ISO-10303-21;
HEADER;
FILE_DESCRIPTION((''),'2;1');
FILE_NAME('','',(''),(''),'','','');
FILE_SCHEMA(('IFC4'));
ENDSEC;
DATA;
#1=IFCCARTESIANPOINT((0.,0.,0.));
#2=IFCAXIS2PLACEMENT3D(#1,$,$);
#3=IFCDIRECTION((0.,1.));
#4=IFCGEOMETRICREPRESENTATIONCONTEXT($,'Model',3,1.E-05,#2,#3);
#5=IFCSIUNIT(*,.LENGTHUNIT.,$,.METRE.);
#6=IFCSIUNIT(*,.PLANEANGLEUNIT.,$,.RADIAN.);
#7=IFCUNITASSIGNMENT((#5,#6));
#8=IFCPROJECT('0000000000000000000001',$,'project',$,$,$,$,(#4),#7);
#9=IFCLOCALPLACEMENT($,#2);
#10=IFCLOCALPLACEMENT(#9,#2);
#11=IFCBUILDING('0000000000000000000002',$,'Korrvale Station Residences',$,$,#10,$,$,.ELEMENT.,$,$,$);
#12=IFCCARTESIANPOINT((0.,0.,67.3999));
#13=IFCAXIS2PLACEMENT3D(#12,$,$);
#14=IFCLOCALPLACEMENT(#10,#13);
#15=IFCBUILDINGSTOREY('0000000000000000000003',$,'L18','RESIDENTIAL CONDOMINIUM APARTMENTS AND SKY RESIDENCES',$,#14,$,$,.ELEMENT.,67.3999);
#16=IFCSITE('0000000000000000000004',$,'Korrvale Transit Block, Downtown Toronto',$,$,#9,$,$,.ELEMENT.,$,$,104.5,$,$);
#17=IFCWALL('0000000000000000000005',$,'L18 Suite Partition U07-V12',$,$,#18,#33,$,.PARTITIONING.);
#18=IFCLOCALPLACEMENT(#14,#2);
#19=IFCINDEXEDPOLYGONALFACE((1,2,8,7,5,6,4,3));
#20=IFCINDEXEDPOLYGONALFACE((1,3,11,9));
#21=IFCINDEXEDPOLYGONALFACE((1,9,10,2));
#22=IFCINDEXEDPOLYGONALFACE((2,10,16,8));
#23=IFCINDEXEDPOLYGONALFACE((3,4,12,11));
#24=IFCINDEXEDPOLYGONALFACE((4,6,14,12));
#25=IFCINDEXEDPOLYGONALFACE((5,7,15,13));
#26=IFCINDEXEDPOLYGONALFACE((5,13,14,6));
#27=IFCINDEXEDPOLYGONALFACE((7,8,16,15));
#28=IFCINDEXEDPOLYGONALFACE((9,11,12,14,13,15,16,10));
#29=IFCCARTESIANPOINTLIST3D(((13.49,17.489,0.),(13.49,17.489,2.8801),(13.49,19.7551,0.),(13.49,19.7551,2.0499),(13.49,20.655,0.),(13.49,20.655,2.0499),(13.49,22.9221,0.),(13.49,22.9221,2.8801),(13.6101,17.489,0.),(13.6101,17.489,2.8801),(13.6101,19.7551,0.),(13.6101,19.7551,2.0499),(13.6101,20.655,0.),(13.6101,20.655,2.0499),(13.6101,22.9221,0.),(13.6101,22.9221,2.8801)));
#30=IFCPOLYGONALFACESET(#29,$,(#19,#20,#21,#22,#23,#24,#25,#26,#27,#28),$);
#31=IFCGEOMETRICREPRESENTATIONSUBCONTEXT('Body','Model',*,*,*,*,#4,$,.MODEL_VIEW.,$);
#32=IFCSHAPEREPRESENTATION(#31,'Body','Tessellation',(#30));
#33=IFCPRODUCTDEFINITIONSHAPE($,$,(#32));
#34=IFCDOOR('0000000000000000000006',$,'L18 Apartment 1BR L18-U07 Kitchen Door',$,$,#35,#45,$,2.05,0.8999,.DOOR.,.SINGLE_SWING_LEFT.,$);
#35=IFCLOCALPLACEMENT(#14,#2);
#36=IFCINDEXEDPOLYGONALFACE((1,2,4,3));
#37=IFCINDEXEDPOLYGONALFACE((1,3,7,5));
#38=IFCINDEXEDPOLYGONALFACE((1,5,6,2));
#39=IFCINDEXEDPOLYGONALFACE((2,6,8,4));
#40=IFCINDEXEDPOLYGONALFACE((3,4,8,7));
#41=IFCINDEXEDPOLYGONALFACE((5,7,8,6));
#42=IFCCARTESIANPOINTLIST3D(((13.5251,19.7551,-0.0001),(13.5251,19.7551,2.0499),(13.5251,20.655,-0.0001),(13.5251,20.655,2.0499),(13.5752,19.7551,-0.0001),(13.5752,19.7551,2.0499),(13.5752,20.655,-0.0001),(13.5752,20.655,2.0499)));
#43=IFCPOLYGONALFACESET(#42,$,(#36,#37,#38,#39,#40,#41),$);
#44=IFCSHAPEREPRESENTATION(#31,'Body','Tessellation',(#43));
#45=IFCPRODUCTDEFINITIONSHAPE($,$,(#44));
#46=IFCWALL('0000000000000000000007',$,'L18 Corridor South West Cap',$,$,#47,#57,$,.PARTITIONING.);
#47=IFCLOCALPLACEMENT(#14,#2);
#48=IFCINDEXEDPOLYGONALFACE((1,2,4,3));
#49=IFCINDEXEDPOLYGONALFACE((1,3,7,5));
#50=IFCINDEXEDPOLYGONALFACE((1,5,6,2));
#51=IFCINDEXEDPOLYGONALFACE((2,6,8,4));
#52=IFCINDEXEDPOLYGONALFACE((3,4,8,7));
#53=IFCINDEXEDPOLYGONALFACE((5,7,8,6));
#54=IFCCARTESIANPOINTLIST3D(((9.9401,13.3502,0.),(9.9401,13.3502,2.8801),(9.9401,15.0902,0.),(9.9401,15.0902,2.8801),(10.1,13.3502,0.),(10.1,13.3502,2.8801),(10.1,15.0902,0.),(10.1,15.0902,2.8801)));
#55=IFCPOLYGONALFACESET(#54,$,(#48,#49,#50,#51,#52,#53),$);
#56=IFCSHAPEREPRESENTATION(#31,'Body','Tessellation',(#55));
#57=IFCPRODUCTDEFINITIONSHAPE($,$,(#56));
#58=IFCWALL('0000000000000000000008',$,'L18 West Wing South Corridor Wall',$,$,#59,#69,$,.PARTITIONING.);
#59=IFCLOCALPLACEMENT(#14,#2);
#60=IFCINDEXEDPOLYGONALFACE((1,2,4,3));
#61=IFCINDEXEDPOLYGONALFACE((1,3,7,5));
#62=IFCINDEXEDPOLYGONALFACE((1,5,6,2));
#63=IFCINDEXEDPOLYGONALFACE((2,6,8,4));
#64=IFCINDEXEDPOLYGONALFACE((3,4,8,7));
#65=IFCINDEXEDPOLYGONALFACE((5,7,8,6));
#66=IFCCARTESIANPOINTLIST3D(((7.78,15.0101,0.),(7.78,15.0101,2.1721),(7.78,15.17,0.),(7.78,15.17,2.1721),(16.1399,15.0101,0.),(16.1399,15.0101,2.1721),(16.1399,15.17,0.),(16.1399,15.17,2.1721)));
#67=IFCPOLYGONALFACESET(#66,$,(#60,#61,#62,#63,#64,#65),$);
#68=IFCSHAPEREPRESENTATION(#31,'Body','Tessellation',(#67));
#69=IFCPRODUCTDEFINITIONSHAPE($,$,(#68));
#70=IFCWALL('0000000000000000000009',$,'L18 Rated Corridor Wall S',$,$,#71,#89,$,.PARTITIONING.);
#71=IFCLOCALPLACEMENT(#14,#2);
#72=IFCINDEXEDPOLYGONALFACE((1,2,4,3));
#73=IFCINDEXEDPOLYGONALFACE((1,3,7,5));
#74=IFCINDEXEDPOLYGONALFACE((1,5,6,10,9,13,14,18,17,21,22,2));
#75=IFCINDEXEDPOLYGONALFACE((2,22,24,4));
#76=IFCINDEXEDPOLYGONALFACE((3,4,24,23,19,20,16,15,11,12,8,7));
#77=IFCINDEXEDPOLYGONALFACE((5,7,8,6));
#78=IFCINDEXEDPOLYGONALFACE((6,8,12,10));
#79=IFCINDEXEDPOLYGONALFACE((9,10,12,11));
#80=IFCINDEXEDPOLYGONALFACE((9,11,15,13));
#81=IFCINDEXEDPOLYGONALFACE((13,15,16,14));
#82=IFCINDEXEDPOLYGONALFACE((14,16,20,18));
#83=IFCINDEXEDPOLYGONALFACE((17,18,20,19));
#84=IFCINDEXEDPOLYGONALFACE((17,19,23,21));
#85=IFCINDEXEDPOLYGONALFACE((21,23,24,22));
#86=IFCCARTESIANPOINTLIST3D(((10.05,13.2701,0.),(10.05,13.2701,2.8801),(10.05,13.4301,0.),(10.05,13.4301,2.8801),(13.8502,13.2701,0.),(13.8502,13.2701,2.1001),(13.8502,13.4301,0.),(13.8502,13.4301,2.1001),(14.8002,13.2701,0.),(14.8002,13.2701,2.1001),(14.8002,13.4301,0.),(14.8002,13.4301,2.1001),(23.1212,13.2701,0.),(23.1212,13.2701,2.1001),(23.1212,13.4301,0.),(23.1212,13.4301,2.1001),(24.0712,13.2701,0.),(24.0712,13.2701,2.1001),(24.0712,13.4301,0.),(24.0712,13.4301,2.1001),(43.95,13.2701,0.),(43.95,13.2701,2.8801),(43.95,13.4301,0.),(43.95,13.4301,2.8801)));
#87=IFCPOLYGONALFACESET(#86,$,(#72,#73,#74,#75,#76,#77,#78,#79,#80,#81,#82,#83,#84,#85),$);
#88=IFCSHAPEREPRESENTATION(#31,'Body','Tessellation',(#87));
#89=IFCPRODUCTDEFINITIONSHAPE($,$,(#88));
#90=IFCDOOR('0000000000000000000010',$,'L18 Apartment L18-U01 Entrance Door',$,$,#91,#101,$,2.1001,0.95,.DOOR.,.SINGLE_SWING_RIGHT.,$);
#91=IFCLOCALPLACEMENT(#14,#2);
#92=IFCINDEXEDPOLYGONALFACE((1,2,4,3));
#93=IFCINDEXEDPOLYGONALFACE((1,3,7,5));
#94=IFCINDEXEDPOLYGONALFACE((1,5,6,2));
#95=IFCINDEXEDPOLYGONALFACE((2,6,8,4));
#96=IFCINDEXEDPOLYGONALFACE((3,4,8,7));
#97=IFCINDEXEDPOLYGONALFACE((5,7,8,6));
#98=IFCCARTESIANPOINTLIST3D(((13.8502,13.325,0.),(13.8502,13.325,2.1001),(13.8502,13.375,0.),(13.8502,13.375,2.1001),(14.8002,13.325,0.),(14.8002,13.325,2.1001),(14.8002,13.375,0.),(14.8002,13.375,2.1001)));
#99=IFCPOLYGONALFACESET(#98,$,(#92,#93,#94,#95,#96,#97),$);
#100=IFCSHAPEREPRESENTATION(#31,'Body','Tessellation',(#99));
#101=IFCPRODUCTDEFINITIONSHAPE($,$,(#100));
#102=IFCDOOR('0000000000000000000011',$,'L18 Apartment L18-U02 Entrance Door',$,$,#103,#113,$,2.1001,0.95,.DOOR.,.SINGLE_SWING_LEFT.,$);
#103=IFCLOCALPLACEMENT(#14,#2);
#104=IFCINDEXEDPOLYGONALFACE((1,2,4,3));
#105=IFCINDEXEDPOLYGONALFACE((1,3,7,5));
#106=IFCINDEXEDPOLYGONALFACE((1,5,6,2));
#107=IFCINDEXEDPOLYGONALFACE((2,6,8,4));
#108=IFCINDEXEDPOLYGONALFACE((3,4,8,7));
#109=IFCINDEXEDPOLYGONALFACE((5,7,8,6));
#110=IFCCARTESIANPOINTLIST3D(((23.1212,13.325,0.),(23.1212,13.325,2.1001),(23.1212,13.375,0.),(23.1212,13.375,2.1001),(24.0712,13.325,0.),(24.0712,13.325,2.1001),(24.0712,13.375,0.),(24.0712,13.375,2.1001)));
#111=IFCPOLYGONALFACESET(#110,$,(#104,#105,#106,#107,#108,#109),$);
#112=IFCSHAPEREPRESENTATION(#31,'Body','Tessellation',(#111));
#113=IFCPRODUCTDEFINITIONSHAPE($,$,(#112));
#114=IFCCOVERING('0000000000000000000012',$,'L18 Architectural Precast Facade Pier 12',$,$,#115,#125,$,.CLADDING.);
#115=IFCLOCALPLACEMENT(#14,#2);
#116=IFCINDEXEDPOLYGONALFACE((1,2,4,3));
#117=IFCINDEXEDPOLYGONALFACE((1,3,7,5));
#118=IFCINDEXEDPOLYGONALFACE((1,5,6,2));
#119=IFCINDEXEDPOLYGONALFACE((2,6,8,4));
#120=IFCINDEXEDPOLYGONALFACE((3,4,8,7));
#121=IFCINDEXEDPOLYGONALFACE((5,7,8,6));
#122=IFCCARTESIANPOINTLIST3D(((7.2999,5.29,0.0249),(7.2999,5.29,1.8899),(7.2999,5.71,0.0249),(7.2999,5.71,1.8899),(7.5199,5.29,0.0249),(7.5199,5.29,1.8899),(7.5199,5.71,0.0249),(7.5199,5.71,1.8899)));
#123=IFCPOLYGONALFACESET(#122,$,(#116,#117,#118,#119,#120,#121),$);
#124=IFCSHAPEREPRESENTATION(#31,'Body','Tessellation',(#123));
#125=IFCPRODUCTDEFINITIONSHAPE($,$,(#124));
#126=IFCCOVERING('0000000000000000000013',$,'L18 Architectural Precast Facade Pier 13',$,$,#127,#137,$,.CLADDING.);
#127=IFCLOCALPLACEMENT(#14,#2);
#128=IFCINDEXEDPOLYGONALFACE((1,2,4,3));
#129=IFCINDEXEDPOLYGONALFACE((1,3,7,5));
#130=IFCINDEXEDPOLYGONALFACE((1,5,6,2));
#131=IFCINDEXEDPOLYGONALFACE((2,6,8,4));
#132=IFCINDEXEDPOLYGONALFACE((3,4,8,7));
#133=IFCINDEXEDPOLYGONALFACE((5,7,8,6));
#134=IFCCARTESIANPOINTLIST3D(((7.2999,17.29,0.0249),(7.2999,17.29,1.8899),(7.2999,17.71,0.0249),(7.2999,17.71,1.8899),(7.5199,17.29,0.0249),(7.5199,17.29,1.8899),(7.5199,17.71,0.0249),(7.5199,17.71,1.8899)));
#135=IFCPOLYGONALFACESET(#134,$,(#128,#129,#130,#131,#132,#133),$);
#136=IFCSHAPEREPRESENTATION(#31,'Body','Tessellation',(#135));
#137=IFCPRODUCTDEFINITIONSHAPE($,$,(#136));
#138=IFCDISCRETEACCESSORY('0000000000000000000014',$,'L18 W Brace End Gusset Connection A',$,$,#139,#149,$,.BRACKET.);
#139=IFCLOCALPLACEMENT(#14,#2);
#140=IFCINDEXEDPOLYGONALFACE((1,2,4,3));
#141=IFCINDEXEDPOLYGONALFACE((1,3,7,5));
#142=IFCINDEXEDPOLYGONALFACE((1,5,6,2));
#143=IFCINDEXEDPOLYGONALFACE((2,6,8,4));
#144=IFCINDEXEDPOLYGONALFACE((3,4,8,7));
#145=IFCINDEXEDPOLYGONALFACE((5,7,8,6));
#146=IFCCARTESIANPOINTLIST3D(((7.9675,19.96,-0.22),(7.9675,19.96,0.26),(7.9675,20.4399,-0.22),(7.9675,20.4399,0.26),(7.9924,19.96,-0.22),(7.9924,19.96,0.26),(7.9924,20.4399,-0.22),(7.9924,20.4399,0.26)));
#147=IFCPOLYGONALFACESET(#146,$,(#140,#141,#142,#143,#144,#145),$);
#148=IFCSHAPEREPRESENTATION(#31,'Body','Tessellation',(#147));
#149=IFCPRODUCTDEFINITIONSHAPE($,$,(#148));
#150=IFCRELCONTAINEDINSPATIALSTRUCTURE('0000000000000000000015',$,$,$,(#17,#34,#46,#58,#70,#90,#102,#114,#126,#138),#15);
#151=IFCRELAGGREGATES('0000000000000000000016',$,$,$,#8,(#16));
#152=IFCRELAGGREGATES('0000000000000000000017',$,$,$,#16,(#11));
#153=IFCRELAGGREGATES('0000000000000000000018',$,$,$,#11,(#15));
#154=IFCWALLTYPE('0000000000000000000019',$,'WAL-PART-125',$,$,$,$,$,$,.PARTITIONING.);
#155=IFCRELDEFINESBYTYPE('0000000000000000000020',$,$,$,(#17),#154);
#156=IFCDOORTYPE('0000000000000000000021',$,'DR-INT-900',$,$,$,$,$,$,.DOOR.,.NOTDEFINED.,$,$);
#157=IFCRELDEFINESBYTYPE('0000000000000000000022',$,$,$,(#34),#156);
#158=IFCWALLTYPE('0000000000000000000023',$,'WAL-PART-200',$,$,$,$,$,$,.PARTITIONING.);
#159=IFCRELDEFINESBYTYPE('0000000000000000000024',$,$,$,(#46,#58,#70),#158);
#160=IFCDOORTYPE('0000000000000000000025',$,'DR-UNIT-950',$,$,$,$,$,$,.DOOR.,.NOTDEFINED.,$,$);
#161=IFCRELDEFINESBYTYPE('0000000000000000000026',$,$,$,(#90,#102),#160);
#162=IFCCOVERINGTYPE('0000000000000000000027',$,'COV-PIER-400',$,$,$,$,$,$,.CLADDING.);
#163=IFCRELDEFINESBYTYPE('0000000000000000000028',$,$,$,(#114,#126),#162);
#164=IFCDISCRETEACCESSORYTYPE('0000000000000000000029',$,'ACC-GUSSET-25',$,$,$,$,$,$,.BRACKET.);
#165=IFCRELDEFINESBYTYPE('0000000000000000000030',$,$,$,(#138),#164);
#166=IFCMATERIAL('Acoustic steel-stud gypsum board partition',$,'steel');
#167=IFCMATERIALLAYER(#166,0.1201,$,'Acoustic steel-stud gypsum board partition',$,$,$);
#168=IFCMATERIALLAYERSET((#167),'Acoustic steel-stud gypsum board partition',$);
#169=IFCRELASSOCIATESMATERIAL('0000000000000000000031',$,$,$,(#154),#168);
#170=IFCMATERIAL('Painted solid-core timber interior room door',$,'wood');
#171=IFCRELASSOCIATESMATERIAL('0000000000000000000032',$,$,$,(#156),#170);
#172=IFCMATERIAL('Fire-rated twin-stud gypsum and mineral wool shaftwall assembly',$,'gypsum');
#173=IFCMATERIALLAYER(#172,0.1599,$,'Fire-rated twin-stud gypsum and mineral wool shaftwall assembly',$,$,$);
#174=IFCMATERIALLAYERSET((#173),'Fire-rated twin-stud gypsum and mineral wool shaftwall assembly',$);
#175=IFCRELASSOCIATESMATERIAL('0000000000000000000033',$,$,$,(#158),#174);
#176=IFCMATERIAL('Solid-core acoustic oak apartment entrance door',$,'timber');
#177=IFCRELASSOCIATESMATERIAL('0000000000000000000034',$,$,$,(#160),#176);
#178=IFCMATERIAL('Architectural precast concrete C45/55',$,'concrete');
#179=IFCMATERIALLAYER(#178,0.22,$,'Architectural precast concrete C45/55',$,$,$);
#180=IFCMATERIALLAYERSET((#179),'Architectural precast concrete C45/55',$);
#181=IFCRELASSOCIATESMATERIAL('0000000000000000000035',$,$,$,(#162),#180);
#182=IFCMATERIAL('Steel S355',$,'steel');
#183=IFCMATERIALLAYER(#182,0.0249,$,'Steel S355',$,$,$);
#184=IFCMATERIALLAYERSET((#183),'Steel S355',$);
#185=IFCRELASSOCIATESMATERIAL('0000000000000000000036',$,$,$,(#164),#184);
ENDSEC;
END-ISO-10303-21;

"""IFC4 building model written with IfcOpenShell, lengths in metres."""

from ifc_helpers import new_model, si_unit, direction, frame, frame_2d, origin, origin_2d, place, context, subcontext, project, spatial, rectangle, extrude, material, layer, layer_set, type_object, element, fill, save


model = new_model("IFC4")

# Units and contexts
model_context = context("Model", 3, precision=1e-05, world=origin(), true_north=direction((0.0, 1.0)))
body_context = subcontext(model_context, "Body", "Model", "MODEL_VIEW")
ifc_project = project(units=[si_unit("LENGTHUNIT", "METRE"), si_unit("PLANEANGLEUNIT", "RADIAN")], contexts=[model_context])

# Site, building, storey
site_placement = place(None, origin())
site = spatial("IfcSite", under=ifc_project, at=site_placement, Name="Korrvale Transit Block, Downtown Toronto", CompositionType="ELEMENT", RefElevation=104.5)
building_placement = place(site_placement, origin())
building = spatial("IfcBuilding", under=site, at=building_placement, Name="Korrvale Station Residences", CompositionType="ELEMENT")
storey_placement = place(building_placement, frame((0.0, 0.0, 67.3999)))
storey = spatial("IfcBuildingStorey", under=building, at=storey_placement, Name="L18", Description="RESIDENTIAL CONDOMINIUM APARTMENTS AND SKY RESIDENCES", CompositionType="ELEMENT", Elevation=67.3999)

# Shared definitions
ifc_material_1 = material(Name="Steel S355", Category="steel")

# Shared definitions
ifc_material_2 = material(Name="Acoustic steel-stud gypsum board partition", Category="steel")
ifc_layer_1 = layer(ifc_material_2, 0.1201, Name="Acoustic steel-stud gypsum board partition")
ifc_layer_set_1 = layer_set([ifc_layer_1], Name="Acoustic steel-stud gypsum board partition")
wall_type_1 = type_object("IfcWallType", Name="WAL-PART-125", PredefinedType="PARTITIONING", material=ifc_layer_set_1)

# Shared definitions
ifc_material_3 = material(Name="Painted solid-core timber interior room door", Category="wood")
door_type_1 = type_object("IfcDoorType", Name="DR-INT-900", OperationType="NOTDEFINED", PredefinedType="DOOR", material=ifc_material_3)

# Wall, opening, door
wall_1_placement = place(storey_placement, frame((13.55, 17.489, 0.0), z_axis=(0.0, 0.0, 1.0), x_axis=(0.0, 1.0, 0.0)))
wall_1 = element("IfcWall", 1, at=wall_1_placement, inside=storey, type_object=wall_type_1, Name="L18 Suite Partition U07-V12", PredefinedType="PARTITIONING", context=body_context, shape_type="SweptSolid", body=[
    extrude(rectangle(XDim=5.4331, YDim=0.1201, at=frame_2d((2.7166, 0.0))), origin(), (0.0, 0.0, 1.0), 2.8801),
])
opening_1_placement = place(wall_1_placement, frame((2.2661, 0.0, 0.0)))
opening_1 = element("IfcOpeningElement", 2, at=opening_1_placement, cuts=wall_1, PredefinedType="OPENING", context=body_context, shape_type="SweptSolid", body=[
    extrude(rectangle(XDim=0.8999, YDim=2.05, at=frame_2d((0.45, 1.0249))), frame((0.0, 0.0701, 0.0), z_axis=(0.0, -1.0, 0.0), x_axis=(1.0, 0.0, 0.0)), (0.0, 0.0, 1.0), 0.1401),
])
door_1_placement = place(opening_1_placement, origin())
door_1 = element("IfcDoor", 3, at=door_1_placement, inside=storey, type_object=door_type_1, Name="L18 Apartment 1BR L18-U07 Kitchen Door", OperationType="SINGLE_SWING_LEFT", OverallHeight=2.05, OverallWidth=0.8999, PredefinedType="DOOR", context=body_context, shape_type="SweptSolid", body=[
    extrude(rectangle(XDim=0.8999, YDim=2.05, at=frame_2d((0.45, 1.0249))), frame((0.0, 0.0249, 0.0), z_axis=(0.0, -1.0, 0.0), x_axis=(1.0, 0.0, 0.0)), (0.0, 0.0, 1.0), 0.05),
])
fill(opening_1, door_1)

# Walls
ifc_material_4 = material(Name="Fire-rated twin-stud gypsum and mineral wool shaftwall assembly", Category="gypsum")
ifc_layer_2 = layer(ifc_material_4, 0.1599, Name="Fire-rated twin-stud gypsum and mineral wool shaftwall assembly")
ifc_layer_set_2 = layer_set([ifc_layer_2], Name="Fire-rated twin-stud gypsum and mineral wool shaftwall assembly")
wall_type_2 = type_object("IfcWallType", Name="WAL-PART-200", PredefinedType="PARTITIONING", material=ifc_layer_set_2)
wall_2_placement = place(storey_placement, frame((10.02, 13.3501, 0.0), z_axis=(0.0, 0.0, 1.0), x_axis=(0.0, 1.0, 0.0)))
element("IfcWall", 4, at=wall_2_placement, inside=storey, type_object=wall_type_2, Name="L18 Corridor South West Cap", PredefinedType="PARTITIONING", context=body_context, shape_type="SweptSolid", body=[
    extrude(rectangle(XDim=1.74, YDim=0.1599, at=frame_2d((0.8701, 0.0))), origin(), (0.0, 0.0, 1.0), 2.8801),
])
wall_3_placement = place(storey_placement, frame((7.78, 15.0901, 0.0), z_axis=(0.0, 0.0, 1.0), x_axis=(1.0, 0.0, 0.0)))
element("IfcWall", 5, at=wall_3_placement, inside=storey, type_object=wall_type_2, Name="L18 West Wing South Corridor Wall", PredefinedType="PARTITIONING", context=body_context, shape_type="SweptSolid", body=[
    extrude(rectangle(XDim=8.3599, YDim=0.1599, at=frame_2d((4.1799, 0.0))), origin(), (0.0, 0.0, 1.0), 2.1721),
])

# Wall, openings, doors
wall_4_placement = place(storey_placement, frame((10.05, 13.3501, 0.0), z_axis=(0.0, 0.0, 1.0), x_axis=(1.0, 0.0, 0.0)))
wall_4 = element("IfcWall", 6, at=wall_4_placement, inside=storey, type_object=wall_type_2, Name="L18 Rated Corridor Wall S", PredefinedType="PARTITIONING", context=body_context, shape_type="SweptSolid", body=[
    extrude(rectangle(XDim=33.8999, YDim=0.1599, at=frame_2d((16.95, 0.0))), origin(), (0.0, 0.0, 1.0), 2.8801),
])
opening_2_placement = place(wall_4_placement, frame((3.8, 0.0, 0.0)))
opening_2 = element("IfcOpeningElement", 7, at=opening_2_placement, cuts=wall_4, PredefinedType="OPENING", context=body_context, shape_type="SweptSolid", body=[
    extrude(rectangle(XDim=0.95, YDim=2.1001, at=frame_2d((0.4751, 1.05))), frame((0.0, 0.0898, 0.0), z_axis=(0.0, -1.0, 0.0), x_axis=(1.0, 0.0, 0.0)), (0.0, 0.0, 1.0), 0.1799),
])
opening_3_placement = place(wall_4_placement, frame((13.071, 0.0, 0.0)))
opening_3 = element("IfcOpeningElement", 8, at=opening_3_placement, cuts=wall_4, PredefinedType="OPENING", context=body_context, shape_type="SweptSolid", body=[
    extrude(rectangle(XDim=0.95, YDim=2.1001, at=frame_2d((0.4751, 1.05))), frame((0.0, 0.0898, 0.0), z_axis=(0.0, -1.0, 0.0), x_axis=(1.0, 0.0, 0.0)), (0.0, 0.0, 1.0), 0.1799),
])
ifc_material_5 = material(Name="Solid-core acoustic oak apartment entrance door", Category="timber")
door_type_2 = type_object("IfcDoorType", Name="DR-UNIT-950", OperationType="NOTDEFINED", PredefinedType="DOOR", material=ifc_material_5)
door_2_placement = place(opening_2_placement, origin())
door_2 = element("IfcDoor", 9, at=door_2_placement, inside=storey, type_object=door_type_2, Name="L18 Apartment L18-U01 Entrance Door", OperationType="SINGLE_SWING_RIGHT", OverallHeight=2.1001, OverallWidth=0.95, PredefinedType="DOOR", context=body_context, shape_type="SweptSolid", body=[
    extrude(rectangle(XDim=0.95, YDim=2.1001, at=frame_2d((0.4751, 1.05))), frame((0.0, 0.0249, 0.0), z_axis=(0.0, -1.0, 0.0), x_axis=(1.0, 0.0, 0.0)), (0.0, 0.0, 1.0), 0.05),
])
fill(opening_2, door_2)
door_3_placement = place(opening_3_placement, origin())
door_3 = element("IfcDoor", 10, at=door_3_placement, inside=storey, type_object=door_type_2, Name="L18 Apartment L18-U02 Entrance Door", OperationType="SINGLE_SWING_LEFT", OverallHeight=2.1001, OverallWidth=0.95, PredefinedType="DOOR", context=body_context, shape_type="SweptSolid", body=[
    extrude(rectangle(XDim=0.95, YDim=2.1001, at=frame_2d((0.4751, 1.05))), frame((0.0, 0.0249, 0.0), z_axis=(0.0, -1.0, 0.0), x_axis=(1.0, 0.0, 0.0)), (0.0, 0.0, 1.0), 0.05),
])
fill(opening_3, door_3)

# Coverings
ifc_material_6 = material(Name="Architectural precast concrete C45/55", Category="concrete")
ifc_layer_3 = layer(ifc_material_6, 0.22, Name="Architectural precast concrete C45/55")
ifc_layer_set_3 = layer_set([ifc_layer_3], Name="Architectural precast concrete C45/55")
covering_type = type_object("IfcCoveringType", Name="COV-PIER-400", PredefinedType="CLADDING", material=ifc_layer_set_3)
for number, where, z_axis, x_axis, name in (
    (11, (7.4099, 5.5, 0.0249), (0.0, 0.0, 1.0), (0.0, 1.0, 0.0), "L18 Architectural Precast Facade Pier 12"),
    (12, (7.4099, 17.5, 0.0249), (0.0, 0.0, 1.0), (0.0, 1.0, 0.0), "L18 Architectural Precast Facade Pier 13"),
):
    element("IfcCovering", number, at=place(storey_placement, frame(where, z_axis=z_axis, x_axis=x_axis)), inside=storey, type_object=covering_type, Name=name, PredefinedType="CLADDING", context=body_context, shape_type="SweptSolid", body=[
        extrude(rectangle(XDim=0.4199, YDim=0.22, at=origin_2d()), origin(), (0.0, 0.0, 1.0), 1.865),
    ])

# Discrete accessory
ifc_layer_4 = layer(ifc_material_1, 0.0249, Name="Steel S355")
ifc_layer_set_4 = layer_set([ifc_layer_4], Name="Steel S355")
discrete_accessory_type = type_object("IfcDiscreteAccessoryType", Name="ACC-GUSSET-25", PredefinedType="BRACKET", material=ifc_layer_set_4)
discrete_accessory_placement = place(storey_placement, frame((7.98, 20.2, -0.22), z_axis=(0.0, 0.0, 1.0), x_axis=(0.0, 1.0, 0.0)))
element("IfcDiscreteAccessory", 13, at=discrete_accessory_placement, inside=storey, type_object=discrete_accessory_type, Name="L18 W Brace End Gusset Connection A", PredefinedType="BRACKET", context=body_context, shape_type="SweptSolid", body=[
    extrude(rectangle(XDim=0.48, YDim=0.0249, at=origin_2d()), origin(), (0.0, 0.0, 1.0), 0.48),
])

save(model, "model.ifc")
